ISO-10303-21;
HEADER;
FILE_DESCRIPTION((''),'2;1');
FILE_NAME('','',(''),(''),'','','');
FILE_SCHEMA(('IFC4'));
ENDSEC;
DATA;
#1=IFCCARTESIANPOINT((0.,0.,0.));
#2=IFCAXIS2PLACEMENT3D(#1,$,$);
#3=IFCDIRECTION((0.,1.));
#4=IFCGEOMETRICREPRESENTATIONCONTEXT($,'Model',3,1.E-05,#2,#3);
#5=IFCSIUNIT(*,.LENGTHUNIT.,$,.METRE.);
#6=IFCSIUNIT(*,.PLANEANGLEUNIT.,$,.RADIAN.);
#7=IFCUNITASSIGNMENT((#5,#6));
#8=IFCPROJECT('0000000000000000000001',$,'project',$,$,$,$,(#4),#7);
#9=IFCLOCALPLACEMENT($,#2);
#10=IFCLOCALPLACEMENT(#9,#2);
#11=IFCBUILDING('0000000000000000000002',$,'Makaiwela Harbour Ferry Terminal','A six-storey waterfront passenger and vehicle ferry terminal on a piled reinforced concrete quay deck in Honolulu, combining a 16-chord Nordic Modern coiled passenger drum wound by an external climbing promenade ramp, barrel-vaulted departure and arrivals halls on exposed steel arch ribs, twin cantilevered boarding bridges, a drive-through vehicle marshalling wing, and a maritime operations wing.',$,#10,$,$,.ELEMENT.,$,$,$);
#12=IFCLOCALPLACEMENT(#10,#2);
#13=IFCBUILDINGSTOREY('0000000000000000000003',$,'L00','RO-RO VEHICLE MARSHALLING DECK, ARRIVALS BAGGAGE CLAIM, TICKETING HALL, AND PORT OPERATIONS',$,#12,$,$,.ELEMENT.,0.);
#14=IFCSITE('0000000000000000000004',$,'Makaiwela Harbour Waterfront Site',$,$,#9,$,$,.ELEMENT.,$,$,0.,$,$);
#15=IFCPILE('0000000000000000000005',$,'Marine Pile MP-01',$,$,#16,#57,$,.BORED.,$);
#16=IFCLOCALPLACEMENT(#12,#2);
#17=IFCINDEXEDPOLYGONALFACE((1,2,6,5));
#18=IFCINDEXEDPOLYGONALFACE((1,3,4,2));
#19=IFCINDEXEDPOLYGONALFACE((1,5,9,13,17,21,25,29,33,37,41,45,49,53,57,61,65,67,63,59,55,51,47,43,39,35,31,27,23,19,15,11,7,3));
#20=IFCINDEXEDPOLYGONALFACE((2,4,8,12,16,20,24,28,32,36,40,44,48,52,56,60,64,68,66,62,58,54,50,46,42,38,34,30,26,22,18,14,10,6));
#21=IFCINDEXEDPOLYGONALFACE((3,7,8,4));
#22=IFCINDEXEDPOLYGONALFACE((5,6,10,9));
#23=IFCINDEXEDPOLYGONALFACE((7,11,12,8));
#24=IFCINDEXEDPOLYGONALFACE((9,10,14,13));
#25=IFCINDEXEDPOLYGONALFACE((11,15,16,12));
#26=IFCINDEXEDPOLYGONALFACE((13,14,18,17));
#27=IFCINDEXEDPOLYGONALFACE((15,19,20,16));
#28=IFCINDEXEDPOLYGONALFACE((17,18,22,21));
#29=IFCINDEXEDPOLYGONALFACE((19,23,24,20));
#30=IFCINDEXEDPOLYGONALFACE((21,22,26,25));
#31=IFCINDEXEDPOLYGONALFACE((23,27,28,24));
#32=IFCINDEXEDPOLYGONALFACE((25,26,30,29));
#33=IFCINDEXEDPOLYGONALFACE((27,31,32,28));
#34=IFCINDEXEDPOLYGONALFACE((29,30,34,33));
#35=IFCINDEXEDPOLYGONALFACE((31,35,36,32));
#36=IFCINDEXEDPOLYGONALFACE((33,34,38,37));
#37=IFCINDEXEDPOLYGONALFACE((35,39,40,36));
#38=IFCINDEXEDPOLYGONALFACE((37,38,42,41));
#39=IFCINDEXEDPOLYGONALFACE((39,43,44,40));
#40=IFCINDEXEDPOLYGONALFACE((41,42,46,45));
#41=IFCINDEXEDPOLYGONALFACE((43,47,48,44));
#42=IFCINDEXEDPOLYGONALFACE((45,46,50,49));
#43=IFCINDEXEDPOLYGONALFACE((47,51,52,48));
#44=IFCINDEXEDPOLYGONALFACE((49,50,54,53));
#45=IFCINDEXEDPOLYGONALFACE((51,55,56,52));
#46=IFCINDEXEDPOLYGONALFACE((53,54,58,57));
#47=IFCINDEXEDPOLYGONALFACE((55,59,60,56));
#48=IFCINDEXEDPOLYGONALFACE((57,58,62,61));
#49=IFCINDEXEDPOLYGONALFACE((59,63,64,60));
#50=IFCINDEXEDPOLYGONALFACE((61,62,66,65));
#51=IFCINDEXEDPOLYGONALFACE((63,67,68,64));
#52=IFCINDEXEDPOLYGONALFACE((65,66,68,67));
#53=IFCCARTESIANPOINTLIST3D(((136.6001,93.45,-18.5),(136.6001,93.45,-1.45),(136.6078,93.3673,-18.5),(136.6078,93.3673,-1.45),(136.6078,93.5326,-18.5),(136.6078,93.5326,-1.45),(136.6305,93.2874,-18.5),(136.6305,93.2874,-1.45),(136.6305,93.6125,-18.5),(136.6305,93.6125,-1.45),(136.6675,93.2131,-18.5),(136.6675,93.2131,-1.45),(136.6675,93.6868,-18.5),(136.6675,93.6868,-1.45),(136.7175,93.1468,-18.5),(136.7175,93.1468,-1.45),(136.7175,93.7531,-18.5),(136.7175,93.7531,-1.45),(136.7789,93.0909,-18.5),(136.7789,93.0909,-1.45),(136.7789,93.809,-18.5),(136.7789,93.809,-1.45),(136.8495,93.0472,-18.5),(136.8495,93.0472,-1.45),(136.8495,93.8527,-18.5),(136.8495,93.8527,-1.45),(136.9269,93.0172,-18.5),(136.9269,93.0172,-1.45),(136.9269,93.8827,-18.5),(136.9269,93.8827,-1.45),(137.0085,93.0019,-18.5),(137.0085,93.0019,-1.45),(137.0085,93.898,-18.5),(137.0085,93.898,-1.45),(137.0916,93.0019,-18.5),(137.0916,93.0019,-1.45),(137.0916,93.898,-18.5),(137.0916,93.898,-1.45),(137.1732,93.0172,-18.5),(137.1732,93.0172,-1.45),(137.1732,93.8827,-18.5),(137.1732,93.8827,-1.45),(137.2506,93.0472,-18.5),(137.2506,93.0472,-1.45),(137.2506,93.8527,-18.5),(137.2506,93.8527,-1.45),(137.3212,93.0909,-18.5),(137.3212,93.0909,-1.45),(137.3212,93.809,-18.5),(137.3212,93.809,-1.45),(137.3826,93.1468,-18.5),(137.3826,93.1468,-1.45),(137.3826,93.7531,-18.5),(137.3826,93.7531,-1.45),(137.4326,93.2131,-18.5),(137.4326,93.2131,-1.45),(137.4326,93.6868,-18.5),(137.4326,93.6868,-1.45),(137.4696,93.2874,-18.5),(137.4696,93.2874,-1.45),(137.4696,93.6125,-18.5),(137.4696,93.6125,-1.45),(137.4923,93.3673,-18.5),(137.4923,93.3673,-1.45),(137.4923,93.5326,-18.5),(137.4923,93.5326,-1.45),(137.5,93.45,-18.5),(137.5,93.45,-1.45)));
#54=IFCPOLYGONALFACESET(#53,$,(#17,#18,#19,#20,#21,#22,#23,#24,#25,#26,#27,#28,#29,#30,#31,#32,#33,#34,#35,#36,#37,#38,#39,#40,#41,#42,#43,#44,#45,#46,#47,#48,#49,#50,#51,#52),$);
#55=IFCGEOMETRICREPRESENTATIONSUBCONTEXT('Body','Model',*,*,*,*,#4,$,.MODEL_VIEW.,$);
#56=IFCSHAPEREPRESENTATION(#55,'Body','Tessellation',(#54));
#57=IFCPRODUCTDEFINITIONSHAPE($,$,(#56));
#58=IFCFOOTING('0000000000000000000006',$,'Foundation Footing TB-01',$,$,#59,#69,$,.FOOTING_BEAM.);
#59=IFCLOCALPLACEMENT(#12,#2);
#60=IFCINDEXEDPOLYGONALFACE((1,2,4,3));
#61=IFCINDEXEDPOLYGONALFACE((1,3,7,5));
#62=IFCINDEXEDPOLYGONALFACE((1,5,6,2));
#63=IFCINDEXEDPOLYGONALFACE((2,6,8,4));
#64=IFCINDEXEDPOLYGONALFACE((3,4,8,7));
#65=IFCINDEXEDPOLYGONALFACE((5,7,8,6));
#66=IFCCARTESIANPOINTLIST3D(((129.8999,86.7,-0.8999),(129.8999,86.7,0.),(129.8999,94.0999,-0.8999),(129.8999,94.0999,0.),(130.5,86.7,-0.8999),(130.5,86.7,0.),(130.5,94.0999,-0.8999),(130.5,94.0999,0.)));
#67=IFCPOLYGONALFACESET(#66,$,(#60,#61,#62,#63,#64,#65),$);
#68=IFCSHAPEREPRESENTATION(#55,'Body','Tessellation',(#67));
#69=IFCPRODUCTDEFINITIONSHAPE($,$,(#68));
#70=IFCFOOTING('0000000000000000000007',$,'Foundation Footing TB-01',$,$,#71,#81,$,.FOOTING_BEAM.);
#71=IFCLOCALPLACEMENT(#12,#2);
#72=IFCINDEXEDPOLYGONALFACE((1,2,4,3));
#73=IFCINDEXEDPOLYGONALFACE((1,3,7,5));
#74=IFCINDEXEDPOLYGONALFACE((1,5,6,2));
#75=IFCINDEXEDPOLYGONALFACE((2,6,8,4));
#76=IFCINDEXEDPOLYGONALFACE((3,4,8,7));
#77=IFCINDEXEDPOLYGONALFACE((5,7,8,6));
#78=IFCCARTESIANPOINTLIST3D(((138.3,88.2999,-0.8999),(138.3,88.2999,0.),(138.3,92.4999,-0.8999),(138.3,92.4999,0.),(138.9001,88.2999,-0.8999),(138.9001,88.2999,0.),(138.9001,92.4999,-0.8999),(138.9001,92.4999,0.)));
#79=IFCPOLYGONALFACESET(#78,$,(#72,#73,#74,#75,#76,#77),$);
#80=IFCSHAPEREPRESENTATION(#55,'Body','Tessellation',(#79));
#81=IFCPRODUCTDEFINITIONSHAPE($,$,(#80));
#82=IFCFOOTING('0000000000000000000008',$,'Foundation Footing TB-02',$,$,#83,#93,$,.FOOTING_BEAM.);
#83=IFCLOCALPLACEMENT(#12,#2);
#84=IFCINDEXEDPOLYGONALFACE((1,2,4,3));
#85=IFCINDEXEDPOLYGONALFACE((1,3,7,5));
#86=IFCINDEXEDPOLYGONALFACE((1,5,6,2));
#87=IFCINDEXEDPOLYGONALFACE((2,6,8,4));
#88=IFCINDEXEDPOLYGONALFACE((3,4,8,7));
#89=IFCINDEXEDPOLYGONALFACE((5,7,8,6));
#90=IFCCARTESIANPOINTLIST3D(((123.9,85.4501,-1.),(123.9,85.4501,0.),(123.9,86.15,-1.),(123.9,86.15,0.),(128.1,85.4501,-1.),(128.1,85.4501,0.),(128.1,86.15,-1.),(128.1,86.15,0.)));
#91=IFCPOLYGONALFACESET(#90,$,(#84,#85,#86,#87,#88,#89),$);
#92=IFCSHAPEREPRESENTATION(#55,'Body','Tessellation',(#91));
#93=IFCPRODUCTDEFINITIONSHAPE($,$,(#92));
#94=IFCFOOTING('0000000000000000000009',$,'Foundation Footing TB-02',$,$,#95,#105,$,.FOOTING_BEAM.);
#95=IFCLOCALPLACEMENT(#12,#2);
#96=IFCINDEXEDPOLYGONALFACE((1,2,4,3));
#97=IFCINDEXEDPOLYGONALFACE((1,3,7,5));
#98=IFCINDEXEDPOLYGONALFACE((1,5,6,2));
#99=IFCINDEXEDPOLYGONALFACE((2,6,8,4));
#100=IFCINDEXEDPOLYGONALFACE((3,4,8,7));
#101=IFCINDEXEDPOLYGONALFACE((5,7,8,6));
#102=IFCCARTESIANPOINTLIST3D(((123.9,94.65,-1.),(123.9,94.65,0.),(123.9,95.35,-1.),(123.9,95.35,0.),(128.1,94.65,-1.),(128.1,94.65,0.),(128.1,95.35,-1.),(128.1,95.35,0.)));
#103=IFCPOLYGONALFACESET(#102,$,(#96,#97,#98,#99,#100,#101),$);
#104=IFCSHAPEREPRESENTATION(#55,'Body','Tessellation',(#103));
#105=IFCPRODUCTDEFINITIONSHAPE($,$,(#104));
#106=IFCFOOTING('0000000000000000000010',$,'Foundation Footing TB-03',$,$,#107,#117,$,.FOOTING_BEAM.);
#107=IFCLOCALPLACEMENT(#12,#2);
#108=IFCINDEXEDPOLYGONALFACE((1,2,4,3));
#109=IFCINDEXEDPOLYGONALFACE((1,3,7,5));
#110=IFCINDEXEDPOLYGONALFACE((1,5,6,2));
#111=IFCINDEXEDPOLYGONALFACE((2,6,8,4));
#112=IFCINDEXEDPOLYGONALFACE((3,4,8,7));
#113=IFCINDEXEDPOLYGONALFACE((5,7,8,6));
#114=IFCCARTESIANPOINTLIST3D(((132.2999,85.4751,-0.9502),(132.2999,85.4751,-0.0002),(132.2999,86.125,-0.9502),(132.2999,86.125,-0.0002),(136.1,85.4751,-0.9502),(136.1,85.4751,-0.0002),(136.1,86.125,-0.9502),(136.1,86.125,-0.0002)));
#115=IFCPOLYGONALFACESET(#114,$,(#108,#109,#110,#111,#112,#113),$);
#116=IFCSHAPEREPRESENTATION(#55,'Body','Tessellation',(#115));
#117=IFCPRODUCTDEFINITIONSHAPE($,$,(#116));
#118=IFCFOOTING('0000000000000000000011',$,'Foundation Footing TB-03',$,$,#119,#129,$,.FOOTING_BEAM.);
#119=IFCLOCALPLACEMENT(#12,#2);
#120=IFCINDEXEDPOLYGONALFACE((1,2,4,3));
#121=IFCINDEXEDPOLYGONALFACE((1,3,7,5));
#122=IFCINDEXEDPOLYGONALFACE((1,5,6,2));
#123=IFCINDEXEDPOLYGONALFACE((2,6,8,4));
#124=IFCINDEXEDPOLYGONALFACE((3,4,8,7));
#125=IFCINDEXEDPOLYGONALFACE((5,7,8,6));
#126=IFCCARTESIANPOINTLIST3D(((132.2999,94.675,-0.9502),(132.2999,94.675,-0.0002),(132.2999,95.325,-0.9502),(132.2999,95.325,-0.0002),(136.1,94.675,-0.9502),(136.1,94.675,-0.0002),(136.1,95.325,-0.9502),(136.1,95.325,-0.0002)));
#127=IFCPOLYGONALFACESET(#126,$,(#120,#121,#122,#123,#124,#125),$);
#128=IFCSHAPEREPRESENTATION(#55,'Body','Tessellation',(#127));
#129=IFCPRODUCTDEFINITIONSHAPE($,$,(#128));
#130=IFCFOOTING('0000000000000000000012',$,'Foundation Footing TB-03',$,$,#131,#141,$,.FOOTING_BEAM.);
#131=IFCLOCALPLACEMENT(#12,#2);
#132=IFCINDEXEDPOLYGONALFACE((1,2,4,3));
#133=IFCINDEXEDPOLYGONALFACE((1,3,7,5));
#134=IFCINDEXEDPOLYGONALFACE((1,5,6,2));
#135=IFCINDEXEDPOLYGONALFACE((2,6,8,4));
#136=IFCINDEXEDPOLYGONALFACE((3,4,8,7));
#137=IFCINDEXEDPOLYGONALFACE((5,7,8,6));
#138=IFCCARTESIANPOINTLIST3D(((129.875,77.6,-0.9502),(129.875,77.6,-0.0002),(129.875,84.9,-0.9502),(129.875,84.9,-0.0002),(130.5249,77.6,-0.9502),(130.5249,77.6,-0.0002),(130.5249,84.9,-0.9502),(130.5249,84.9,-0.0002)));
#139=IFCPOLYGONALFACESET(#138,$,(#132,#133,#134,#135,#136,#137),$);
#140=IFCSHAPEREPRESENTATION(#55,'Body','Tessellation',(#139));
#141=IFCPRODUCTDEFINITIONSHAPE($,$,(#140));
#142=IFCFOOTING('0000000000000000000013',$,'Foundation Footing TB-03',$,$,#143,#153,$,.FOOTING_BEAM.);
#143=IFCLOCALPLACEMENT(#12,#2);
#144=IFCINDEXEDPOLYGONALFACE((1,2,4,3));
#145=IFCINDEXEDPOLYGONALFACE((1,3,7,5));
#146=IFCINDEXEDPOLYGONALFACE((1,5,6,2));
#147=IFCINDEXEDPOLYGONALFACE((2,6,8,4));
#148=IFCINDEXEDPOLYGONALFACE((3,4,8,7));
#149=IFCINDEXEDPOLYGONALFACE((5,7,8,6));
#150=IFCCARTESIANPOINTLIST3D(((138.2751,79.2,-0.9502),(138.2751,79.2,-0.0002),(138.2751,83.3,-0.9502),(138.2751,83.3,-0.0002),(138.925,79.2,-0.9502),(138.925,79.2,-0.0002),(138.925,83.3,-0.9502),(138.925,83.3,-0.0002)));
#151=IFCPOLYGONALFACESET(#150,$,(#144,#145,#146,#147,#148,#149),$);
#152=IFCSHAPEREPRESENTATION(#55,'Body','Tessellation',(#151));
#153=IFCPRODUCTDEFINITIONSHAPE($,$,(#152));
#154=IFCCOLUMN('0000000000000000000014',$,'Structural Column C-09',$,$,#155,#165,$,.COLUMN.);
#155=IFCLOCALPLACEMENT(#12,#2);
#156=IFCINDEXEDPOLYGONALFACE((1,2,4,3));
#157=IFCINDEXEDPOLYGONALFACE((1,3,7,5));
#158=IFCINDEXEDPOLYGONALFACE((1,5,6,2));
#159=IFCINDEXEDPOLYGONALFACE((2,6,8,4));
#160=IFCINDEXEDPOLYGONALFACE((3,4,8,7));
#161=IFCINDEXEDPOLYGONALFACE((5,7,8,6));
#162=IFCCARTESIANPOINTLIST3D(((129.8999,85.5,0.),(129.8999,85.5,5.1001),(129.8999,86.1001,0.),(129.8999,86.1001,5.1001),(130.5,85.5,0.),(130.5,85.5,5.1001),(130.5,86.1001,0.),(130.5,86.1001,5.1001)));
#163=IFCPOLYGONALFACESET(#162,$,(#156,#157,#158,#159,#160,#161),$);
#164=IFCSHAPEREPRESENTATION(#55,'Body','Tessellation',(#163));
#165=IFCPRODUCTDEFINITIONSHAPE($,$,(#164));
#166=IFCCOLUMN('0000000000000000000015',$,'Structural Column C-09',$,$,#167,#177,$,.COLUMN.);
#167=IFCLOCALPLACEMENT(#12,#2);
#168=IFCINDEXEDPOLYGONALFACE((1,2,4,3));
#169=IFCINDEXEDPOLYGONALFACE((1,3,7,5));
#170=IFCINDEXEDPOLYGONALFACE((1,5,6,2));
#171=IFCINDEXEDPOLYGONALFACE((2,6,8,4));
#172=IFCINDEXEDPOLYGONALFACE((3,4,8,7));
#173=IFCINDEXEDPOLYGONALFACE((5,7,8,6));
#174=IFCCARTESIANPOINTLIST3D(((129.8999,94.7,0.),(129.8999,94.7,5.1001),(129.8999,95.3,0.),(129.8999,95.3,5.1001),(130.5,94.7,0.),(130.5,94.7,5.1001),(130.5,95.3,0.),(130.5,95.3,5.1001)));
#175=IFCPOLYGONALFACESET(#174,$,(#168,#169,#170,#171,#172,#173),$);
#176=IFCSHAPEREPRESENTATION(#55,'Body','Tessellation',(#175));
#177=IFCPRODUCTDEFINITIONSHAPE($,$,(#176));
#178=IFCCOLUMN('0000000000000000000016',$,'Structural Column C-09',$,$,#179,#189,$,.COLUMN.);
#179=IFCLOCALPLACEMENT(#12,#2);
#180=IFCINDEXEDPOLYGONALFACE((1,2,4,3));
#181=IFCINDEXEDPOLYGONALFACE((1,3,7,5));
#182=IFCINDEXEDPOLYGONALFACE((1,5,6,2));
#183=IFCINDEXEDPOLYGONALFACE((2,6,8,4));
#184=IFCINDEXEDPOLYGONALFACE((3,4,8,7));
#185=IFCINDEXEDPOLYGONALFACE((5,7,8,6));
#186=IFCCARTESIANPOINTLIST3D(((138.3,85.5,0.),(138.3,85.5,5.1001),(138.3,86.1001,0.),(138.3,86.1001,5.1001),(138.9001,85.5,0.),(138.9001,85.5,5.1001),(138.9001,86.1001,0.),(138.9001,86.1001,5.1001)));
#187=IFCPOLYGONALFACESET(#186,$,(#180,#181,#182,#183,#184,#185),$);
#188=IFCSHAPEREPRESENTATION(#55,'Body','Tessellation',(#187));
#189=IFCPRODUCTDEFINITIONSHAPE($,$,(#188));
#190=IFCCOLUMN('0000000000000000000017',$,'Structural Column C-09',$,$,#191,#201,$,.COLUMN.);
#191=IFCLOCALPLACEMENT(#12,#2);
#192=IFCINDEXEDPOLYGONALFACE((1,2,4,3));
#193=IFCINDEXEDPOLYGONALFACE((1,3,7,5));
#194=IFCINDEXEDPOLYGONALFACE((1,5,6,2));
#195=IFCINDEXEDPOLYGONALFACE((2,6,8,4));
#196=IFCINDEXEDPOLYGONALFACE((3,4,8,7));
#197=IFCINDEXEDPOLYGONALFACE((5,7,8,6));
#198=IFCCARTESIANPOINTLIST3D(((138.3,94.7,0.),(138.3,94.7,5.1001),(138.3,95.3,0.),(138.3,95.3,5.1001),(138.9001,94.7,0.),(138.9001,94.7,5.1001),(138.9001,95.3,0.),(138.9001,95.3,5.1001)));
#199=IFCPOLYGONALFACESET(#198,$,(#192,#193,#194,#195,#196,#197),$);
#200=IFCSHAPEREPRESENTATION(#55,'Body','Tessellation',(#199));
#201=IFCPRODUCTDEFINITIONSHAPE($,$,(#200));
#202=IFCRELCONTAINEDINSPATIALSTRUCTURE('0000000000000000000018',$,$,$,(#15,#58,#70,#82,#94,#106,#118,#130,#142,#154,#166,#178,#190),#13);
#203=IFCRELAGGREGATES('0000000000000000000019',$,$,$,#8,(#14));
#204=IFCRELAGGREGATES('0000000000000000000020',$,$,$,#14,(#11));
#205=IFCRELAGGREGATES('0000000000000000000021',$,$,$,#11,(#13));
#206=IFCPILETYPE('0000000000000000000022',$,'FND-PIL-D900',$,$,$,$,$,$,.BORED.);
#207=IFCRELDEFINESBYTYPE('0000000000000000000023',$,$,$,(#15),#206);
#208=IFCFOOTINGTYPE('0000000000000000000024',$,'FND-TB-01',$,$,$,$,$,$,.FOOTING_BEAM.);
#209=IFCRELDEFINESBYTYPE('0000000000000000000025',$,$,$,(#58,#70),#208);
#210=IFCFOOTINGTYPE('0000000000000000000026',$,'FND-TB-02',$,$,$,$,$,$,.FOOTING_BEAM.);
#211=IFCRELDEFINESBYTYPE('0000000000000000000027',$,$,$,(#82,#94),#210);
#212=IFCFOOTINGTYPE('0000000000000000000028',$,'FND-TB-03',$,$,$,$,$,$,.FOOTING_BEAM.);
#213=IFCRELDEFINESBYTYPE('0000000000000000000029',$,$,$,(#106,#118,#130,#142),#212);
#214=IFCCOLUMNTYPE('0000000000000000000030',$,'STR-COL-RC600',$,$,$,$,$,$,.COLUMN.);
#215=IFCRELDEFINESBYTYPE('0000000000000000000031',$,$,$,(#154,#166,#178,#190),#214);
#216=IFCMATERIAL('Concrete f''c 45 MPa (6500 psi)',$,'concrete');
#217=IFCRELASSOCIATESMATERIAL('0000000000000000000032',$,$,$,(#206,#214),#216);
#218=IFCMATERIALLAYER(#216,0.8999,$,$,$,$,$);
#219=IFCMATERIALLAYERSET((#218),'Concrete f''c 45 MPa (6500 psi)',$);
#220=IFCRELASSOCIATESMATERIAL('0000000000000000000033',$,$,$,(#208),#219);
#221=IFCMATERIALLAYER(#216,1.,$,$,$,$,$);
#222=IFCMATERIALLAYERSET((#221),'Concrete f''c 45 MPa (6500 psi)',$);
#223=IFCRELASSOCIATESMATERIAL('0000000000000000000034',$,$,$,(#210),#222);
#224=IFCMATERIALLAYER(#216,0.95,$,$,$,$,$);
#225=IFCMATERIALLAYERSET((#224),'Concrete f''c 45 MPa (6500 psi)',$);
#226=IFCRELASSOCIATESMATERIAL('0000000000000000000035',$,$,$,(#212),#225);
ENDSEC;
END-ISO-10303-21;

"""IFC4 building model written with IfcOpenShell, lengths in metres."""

from ifc_helpers import new_model, si_unit, direction, frame, origin, origin_2d, place, context, subcontext, project, spatial, rectangle, circle, extrude, material, layer, layer_set, material_profile, profile_set, type_object, element, save


model = new_model("IFC4")

# Units and contexts
model_context = context("Model", 3, precision=1e-05, world=origin(), true_north=direction((0.0, 1.0)))
body_context = subcontext(model_context, "Body", "Model", "MODEL_VIEW")
ifc_project = project(units=[si_unit("LENGTHUNIT", "METRE"), si_unit("PLANEANGLEUNIT", "RADIAN")], contexts=[model_context])

# Site, building, storey
site_placement = place(None, origin())
site = spatial("IfcSite", under=ifc_project, at=site_placement, Name="Makaiwela Harbour Waterfront Site", CompositionType="ELEMENT", RefElevation=0.0)
building_placement = place(site_placement, origin())
building = spatial("IfcBuilding", under=site, at=building_placement, Name="Makaiwela Harbour Ferry Terminal", Description="A six-storey waterfront passenger and vehicle ferry terminal on a piled reinforced concrete quay deck in Honolulu, combining a 16-chord Nordic Modern coiled passenger drum wound by an external climbing promenade ramp, barrel-vaulted departure and arrivals halls on exposed steel arch ribs, twin cantilevered boarding bridges, a drive-through vehicle marshalling wing, and a maritime operations wing.", CompositionType="ELEMENT")
storey_placement = place(building_placement, origin())
storey = spatial("IfcBuildingStorey", under=building, at=storey_placement, Name="L00", Description="RO-RO VEHICLE MARSHALLING DECK, ARRIVALS BAGGAGE CLAIM, TICKETING HALL, AND PORT OPERATIONS", CompositionType="ELEMENT", Elevation=0.0)

# Shared definitions
ifc_material_1 = material(Name="Concrete f'c 45 MPa (6500 psi)", Category="concrete")

# Pile
ifc_material_profile_1 = material_profile(ifc_material_1, circle(Radius=0.45, at=origin_2d()), Name="PILE-D900")
ifc_profile_set_1 = profile_set([ifc_material_profile_1], Name="Concrete f'c 45 MPa (6500 psi)")
pile_type = type_object("IfcPileType", Name="FND-PIL-D900", PredefinedType="BORED", material=ifc_profile_set_1)
for number, where, z_axis, x_axis, name in (
    (1, (137.05, 93.45, -1.45), (0.0, 0.0, -1.0), (1.0, 0.0, 0.0), "Marine Pile MP-01"),
):
    element("IfcPile", number, at=place(storey_placement, frame(where, z_axis=z_axis, x_axis=x_axis)), inside=storey, type_object=pile_type, Name=name, PredefinedType="BORED", context=body_context, shape_type="SweptSolid", body=[
        extrude(circle(Radius=0.45, at=origin_2d()), origin(), (0.0, 0.0, 1.0), 17.05),
    ])

# Footings
ifc_layer_1 = layer(ifc_material_1, 0.8999)
ifc_layer_set_1 = layer_set([ifc_layer_1], Name="Concrete f'c 45 MPa (6500 psi)")
footing_type_1 = type_object("IfcFootingType", Name="FND-TB-01", PredefinedType="FOOTING_BEAM", material=ifc_layer_set_1)
footing_1_placement = place(storey_placement, frame((130.2, 90.3999, -0.8999), z_axis=(0.0, 0.0, 1.0), x_axis=(0.0, 1.0, 0.0)))
element("IfcFooting", 2, at=footing_1_placement, inside=storey, type_object=footing_type_1, Name="Foundation Footing TB-01", PredefinedType="FOOTING_BEAM", context=body_context, shape_type="SweptSolid", body=[
    extrude(rectangle(XDim=7.3999, YDim=0.6001, at=origin_2d()), origin(), (0.0, 0.0, 1.0), 0.8999),
])
footing_2_placement = place(storey_placement, frame((138.6001, 90.3999, -0.8999), z_axis=(0.0, 0.0, 1.0), x_axis=(0.0, 1.0, 0.0)))
element("IfcFooting", 3, at=footing_2_placement, inside=storey, type_object=footing_type_1, Name="Foundation Footing TB-01", PredefinedType="FOOTING_BEAM", context=body_context, shape_type="SweptSolid", body=[
    extrude(rectangle(XDim=4.2, YDim=0.6001, at=origin_2d()), origin(), (0.0, 0.0, 1.0), 0.8999),
])
ifc_layer_2 = layer(ifc_material_1, 1.0)
ifc_layer_set_2 = layer_set([ifc_layer_2], Name="Concrete f'c 45 MPa (6500 psi)")
footing_type_2 = type_object("IfcFootingType", Name="FND-TB-02", PredefinedType="FOOTING_BEAM", material=ifc_layer_set_2)
for number, where, z_axis, x_axis, name in (
    (4, (126.0, 85.8, -1.0), (0.0, 0.0, 1.0), (1.0, 0.0, 0.0), "Foundation Footing TB-02"),
    (5, (126.0, 95.0, -1.0), (0.0, 0.0, 1.0), (1.0, 0.0, 0.0), "Foundation Footing TB-02"),
):
    element("IfcFooting", number, at=place(storey_placement, frame(where, z_axis=z_axis, x_axis=x_axis)), inside=storey, type_object=footing_type_2, Name=name, PredefinedType="FOOTING_BEAM", context=body_context, shape_type="SweptSolid", body=[
        extrude(rectangle(XDim=4.2, YDim=0.7, at=origin_2d()), origin(), (0.0, 0.0, 1.0), 1.0),
    ])
ifc_layer_3 = layer(ifc_material_1, 0.95)
ifc_layer_set_3 = layer_set([ifc_layer_3], Name="Concrete f'c 45 MPa (6500 psi)")
footing_type_3 = type_object("IfcFootingType", Name="FND-TB-03", PredefinedType="FOOTING_BEAM", material=ifc_layer_set_3)
for number, where, z_axis, x_axis, name in (
    (6, (134.2, 85.8, -0.9502), (0.0, 0.0, 1.0), (1.0, 0.0, 0.0), "Foundation Footing TB-03"),
    (7, (134.2, 95.0, -0.9502), (0.0, 0.0, 1.0), (1.0, 0.0, 0.0), "Foundation Footing TB-03"),
):
    element("IfcFooting", number, at=place(storey_placement, frame(where, z_axis=z_axis, x_axis=x_axis)), inside=storey, type_object=footing_type_3, Name=name, PredefinedType="FOOTING_BEAM", context=body_context, shape_type="SweptSolid", body=[
        extrude(rectangle(XDim=3.8, YDim=0.6499, at=origin_2d()), origin(), (0.0, 0.0, 1.0), 0.95),
    ])
footing_3_placement = place(storey_placement, frame((130.2, 81.25, -0.9502), z_axis=(0.0, 0.0, 1.0), x_axis=(0.0, 1.0, 0.0)))
element("IfcFooting", 8, at=footing_3_placement, inside=storey, type_object=footing_type_3, Name="Foundation Footing TB-03", PredefinedType="FOOTING_BEAM", context=body_context, shape_type="SweptSolid", body=[
    extrude(rectangle(XDim=7.3, YDim=0.6499, at=origin_2d()), origin(), (0.0, 0.0, 1.0), 0.95),
])
footing_4_placement = place(storey_placement, frame((138.6001, 81.25, -0.9502), z_axis=(0.0, 0.0, 1.0), x_axis=(0.0, 1.0, 0.0)))
element("IfcFooting", 9, at=footing_4_placement, inside=storey, type_object=footing_type_3, Name="Foundation Footing TB-03", PredefinedType="FOOTING_BEAM", context=body_context, shape_type="SweptSolid", body=[
    extrude(rectangle(XDim=4.1001, YDim=0.6499, at=origin_2d()), origin(), (0.0, 0.0, 1.0), 0.95),
])

# Columns
ifc_material_profile_2 = material_profile(ifc_material_1, rectangle(XDim=0.6001, YDim=0.6001, at=origin_2d()), Name="RC-600X600")
ifc_profile_set_2 = profile_set([ifc_material_profile_2], Name="Concrete f'c 45 MPa (6500 psi)")
column_type = type_object("IfcColumnType", Name="STR-COL-RC600", PredefinedType="COLUMN", material=ifc_profile_set_2)
for number, where, z_axis, x_axis, name in (
    (10, (130.2, 85.8, 0.0), (0.0, 0.0, 1.0), (1.0, 0.0, 0.0), "Structural Column C-09"),
    (11, (130.2, 95.0, 0.0), (0.0, 0.0, 1.0), (1.0, 0.0, 0.0), "Structural Column C-09"),
    (12, (138.6001, 85.8, 0.0), (0.0, 0.0, 1.0), (1.0, 0.0, 0.0), "Structural Column C-09"),
    (13, (138.6001, 95.0, 0.0), (0.0, 0.0, 1.0), (1.0, 0.0, 0.0), "Structural Column C-09"),
):
    element("IfcColumn", number, at=place(storey_placement, frame(where, z_axis=z_axis, x_axis=x_axis)), inside=storey, type_object=column_type, Name=name, PredefinedType="COLUMN", context=body_context, shape_type="SweptSolid", body=[
        extrude(rectangle(XDim=0.6001, YDim=0.6001, at=origin_2d()), origin(), (0.0, 0.0, 1.0), 5.1001),
    ])

save(model, "model.ifc")
